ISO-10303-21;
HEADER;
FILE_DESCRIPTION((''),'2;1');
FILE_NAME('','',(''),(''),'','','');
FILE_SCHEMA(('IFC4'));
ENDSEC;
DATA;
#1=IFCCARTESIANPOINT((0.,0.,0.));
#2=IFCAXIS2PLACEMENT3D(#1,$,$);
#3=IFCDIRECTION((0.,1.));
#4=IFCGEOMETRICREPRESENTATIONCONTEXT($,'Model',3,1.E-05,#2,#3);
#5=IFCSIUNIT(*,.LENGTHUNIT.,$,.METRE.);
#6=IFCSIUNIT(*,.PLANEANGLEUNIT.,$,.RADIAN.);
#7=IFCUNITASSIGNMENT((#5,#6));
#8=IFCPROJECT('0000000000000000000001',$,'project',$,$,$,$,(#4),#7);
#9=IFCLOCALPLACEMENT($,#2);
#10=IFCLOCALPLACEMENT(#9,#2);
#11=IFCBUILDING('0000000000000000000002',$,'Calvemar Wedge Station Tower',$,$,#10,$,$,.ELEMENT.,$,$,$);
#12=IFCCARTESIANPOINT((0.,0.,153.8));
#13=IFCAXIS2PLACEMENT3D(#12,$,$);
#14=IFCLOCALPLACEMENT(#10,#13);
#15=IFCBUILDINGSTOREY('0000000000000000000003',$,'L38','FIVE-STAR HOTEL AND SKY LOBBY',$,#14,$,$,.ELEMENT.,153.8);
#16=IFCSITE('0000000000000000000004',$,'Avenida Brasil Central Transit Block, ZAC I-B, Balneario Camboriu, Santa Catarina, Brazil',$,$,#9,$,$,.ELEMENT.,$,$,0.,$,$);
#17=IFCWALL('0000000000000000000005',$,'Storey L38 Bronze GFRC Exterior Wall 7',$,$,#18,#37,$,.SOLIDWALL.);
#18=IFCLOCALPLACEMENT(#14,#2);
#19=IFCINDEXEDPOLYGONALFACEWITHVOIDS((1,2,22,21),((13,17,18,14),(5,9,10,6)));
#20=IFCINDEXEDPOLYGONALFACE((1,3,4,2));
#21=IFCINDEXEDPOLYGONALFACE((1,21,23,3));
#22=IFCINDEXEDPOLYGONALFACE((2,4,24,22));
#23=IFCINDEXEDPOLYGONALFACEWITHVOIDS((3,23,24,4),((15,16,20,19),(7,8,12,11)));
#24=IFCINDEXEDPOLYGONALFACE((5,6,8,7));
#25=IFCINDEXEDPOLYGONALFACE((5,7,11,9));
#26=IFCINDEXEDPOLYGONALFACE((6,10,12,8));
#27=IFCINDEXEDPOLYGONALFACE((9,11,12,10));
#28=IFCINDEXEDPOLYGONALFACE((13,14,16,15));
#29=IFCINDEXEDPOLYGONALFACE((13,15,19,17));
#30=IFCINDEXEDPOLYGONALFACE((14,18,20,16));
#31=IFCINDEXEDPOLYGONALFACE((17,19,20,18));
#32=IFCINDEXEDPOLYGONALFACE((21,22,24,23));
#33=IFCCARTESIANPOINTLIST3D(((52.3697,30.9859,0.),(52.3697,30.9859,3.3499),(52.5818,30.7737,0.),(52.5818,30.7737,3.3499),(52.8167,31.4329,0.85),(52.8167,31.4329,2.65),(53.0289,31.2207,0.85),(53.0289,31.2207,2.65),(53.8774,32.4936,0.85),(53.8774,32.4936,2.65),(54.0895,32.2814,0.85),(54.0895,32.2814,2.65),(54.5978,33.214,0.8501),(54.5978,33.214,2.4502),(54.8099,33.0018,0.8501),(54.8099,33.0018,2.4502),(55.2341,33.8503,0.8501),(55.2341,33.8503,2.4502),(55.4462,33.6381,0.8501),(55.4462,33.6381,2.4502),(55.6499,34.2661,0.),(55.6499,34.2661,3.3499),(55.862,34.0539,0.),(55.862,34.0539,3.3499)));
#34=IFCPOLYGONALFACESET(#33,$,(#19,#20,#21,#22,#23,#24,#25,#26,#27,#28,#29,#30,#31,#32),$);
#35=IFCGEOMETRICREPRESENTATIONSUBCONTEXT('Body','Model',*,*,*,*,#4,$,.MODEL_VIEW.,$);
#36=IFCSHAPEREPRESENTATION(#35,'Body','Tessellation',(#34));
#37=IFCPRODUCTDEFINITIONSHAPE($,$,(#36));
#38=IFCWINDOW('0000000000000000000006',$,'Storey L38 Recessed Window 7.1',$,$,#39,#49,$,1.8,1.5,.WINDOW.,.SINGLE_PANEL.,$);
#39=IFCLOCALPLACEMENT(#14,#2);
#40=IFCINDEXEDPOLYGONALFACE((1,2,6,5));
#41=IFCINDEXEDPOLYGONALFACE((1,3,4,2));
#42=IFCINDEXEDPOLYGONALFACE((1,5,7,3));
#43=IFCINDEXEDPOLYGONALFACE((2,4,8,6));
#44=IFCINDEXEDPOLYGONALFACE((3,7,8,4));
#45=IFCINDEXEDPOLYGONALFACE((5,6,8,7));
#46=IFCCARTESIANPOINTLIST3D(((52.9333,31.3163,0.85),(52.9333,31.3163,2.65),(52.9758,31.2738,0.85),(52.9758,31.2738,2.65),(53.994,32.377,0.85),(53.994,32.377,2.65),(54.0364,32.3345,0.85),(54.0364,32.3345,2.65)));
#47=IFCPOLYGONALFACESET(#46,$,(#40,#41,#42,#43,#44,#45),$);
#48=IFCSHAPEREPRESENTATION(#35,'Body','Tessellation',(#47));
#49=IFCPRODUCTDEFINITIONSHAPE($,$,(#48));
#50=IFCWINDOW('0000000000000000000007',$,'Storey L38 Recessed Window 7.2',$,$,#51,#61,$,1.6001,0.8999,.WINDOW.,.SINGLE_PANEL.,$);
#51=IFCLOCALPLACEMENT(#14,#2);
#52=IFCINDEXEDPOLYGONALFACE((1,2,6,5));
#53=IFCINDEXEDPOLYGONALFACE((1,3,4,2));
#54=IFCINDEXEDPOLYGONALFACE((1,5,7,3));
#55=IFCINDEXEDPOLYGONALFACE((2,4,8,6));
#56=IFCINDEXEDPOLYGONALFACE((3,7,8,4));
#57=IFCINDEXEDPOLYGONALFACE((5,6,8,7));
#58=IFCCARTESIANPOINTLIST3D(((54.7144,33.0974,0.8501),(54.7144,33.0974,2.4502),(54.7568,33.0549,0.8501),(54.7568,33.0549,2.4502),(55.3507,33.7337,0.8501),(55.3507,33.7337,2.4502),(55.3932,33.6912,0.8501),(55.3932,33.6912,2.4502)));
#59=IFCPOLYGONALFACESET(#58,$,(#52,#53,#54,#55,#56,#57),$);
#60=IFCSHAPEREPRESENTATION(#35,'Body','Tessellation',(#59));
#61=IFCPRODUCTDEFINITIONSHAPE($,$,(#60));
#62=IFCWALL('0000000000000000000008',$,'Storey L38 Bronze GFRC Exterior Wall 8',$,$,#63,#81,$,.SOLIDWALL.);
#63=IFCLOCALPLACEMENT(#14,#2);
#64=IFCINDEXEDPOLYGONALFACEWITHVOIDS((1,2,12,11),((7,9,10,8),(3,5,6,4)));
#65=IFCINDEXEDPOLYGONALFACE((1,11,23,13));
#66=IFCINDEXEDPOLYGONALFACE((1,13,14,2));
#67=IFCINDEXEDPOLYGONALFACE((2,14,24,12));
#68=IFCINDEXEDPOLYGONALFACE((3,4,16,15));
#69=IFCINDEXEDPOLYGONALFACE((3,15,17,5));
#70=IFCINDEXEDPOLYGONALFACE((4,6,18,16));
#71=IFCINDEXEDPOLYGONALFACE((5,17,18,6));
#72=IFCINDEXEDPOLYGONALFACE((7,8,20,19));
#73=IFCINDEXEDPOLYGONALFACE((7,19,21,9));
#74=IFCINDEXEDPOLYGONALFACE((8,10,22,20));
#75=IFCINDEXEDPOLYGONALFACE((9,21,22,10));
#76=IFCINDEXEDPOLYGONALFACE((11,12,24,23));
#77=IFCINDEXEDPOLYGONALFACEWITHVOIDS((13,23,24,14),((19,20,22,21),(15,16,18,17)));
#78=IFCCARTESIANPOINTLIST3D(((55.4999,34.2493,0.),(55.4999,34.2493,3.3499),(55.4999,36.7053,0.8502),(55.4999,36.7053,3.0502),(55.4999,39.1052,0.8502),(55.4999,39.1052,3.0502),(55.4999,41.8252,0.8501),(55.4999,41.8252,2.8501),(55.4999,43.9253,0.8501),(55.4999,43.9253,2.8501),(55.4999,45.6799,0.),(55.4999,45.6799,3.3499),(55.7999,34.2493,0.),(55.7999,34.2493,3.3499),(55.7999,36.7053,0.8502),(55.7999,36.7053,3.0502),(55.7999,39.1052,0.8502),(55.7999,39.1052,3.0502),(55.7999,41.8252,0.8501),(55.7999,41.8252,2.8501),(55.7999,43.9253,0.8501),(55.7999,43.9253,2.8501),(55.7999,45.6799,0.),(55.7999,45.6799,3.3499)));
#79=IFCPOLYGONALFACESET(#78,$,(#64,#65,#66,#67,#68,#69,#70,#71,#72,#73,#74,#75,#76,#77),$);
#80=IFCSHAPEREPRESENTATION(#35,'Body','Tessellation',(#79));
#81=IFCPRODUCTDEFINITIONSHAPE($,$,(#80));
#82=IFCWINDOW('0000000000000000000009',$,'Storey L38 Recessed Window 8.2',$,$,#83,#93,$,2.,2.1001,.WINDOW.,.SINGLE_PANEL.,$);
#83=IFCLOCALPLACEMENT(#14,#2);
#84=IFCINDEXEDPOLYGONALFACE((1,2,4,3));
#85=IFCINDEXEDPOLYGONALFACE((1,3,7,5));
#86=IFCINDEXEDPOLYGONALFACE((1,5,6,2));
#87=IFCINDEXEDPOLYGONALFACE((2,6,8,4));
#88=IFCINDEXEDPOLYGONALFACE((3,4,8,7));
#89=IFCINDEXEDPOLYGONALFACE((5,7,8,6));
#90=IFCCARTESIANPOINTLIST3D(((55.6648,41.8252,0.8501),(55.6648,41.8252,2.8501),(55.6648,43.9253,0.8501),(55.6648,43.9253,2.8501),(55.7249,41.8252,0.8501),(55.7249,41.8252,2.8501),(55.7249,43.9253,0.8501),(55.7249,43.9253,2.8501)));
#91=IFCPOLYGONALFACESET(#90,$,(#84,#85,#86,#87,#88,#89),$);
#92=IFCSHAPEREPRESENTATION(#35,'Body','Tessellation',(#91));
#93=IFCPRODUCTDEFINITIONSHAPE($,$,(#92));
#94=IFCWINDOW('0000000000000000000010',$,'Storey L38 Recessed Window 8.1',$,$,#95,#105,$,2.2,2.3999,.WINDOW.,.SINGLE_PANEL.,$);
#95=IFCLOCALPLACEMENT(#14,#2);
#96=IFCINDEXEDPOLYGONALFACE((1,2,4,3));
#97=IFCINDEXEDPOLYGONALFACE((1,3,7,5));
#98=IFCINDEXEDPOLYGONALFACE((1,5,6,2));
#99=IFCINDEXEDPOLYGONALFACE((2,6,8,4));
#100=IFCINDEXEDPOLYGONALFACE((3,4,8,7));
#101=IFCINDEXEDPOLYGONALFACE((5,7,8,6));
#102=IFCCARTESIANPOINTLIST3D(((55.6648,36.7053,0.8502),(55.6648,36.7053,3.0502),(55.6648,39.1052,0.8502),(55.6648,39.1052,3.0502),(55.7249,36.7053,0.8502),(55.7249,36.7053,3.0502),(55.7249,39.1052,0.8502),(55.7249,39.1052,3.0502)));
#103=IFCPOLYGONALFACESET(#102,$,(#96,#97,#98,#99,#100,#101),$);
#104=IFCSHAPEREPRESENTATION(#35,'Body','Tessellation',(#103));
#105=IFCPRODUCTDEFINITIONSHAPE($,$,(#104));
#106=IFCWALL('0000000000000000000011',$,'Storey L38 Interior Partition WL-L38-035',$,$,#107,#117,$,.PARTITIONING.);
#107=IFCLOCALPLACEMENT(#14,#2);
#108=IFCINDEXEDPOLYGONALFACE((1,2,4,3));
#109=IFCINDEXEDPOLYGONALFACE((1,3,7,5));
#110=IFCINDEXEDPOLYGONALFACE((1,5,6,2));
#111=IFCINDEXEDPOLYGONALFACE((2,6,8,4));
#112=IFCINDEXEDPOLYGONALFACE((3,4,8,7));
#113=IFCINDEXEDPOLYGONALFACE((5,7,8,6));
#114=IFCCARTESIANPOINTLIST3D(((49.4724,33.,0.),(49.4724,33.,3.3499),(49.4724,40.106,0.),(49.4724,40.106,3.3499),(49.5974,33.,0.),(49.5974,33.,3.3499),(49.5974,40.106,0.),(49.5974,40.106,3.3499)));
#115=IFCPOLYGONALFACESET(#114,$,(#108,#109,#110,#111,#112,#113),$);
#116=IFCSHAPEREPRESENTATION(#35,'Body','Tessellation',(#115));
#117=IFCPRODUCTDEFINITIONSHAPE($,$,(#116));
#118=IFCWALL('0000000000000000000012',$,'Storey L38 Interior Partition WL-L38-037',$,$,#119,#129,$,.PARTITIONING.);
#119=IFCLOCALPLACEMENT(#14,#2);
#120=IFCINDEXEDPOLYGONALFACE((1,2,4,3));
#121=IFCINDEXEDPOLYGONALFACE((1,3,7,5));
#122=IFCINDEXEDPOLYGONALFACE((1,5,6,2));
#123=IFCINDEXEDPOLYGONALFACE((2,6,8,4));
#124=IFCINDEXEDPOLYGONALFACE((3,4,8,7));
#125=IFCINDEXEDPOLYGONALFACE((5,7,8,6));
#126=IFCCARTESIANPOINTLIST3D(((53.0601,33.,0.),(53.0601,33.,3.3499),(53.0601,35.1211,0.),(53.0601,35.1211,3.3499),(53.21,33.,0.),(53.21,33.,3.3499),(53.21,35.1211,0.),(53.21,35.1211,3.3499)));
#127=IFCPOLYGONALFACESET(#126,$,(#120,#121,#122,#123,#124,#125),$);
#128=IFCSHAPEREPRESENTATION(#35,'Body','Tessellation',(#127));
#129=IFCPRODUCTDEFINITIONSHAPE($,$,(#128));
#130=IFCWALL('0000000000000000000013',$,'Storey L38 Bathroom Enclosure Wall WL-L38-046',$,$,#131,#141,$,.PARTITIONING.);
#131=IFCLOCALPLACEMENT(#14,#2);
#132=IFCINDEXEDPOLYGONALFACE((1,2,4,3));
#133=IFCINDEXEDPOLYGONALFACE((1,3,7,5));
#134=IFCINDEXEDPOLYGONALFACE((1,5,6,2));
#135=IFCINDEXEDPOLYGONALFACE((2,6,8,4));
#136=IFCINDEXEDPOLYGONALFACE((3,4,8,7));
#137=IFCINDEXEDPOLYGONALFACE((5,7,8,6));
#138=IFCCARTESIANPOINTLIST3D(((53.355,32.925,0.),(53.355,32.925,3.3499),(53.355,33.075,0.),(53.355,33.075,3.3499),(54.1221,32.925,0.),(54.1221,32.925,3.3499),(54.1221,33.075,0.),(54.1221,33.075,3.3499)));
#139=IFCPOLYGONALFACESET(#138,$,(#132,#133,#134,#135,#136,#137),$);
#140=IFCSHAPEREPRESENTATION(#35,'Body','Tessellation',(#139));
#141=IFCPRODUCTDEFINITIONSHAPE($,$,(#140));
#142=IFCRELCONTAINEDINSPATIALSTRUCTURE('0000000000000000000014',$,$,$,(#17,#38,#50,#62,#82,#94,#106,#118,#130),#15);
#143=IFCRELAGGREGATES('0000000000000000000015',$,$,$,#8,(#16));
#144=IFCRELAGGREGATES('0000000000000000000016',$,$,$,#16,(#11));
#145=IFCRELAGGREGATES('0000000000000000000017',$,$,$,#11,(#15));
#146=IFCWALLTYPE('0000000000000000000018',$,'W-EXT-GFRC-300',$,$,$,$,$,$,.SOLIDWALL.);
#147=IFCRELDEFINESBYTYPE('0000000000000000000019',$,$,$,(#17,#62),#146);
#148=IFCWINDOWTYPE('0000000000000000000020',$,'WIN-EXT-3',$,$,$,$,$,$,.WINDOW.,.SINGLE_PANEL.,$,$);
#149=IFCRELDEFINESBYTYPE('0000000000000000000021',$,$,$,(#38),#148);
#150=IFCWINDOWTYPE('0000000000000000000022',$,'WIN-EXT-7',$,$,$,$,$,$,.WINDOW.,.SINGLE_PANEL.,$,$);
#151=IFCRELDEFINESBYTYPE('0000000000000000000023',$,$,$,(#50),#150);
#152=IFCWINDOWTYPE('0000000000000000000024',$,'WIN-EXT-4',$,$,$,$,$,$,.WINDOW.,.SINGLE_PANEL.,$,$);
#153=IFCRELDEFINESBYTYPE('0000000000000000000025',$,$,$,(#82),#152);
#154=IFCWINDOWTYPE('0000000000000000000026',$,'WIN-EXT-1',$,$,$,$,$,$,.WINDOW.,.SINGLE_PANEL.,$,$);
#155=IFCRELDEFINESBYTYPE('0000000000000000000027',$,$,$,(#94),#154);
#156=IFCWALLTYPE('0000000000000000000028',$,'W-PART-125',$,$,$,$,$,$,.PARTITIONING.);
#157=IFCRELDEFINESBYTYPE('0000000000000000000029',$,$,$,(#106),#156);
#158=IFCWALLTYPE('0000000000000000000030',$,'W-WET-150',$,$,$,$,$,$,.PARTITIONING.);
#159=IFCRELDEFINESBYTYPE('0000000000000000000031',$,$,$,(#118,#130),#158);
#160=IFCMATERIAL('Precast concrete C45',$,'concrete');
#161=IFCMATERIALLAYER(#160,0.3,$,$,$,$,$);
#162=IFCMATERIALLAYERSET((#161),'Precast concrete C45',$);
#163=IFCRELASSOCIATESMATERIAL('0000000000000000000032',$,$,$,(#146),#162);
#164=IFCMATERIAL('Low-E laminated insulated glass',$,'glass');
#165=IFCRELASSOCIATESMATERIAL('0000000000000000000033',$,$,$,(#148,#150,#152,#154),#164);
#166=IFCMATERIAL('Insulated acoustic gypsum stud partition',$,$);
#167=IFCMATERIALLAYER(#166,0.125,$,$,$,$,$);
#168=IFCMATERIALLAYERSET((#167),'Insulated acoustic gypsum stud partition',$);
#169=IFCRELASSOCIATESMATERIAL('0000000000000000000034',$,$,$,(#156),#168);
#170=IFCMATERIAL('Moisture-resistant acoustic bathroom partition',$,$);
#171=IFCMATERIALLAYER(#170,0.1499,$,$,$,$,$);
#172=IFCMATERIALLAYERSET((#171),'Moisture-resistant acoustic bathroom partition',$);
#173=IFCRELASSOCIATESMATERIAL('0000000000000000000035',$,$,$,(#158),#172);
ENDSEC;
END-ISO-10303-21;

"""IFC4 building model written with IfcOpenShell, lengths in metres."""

from ifc_helpers import new_model, si_unit, direction, frame, frame_2d, origin, place, context, subcontext, project, spatial, rectangle, extrude, source, transform, mapped, material, layer, layer_set, type_object, element, fill, save


model = new_model("IFC4")

# Units and contexts
model_context = context("Model", 3, precision=1e-05, world=origin(), true_north=direction((0.0, 1.0)))
body_context = subcontext(model_context, "Body", "Model", "MODEL_VIEW")
ifc_project = project(units=[si_unit("LENGTHUNIT", "METRE"), si_unit("PLANEANGLEUNIT", "RADIAN")], contexts=[model_context])

# Site, building, storey
site_placement = place(None, origin())
site = spatial("IfcSite", under=ifc_project, at=site_placement, Name="Avenida Brasil Central Transit Block, ZAC I-B, Balneario Camboriu, Santa Catarina, Brazil", CompositionType="ELEMENT", RefElevation=0.0)
building_placement = place(site_placement, origin())
building = spatial("IfcBuilding", under=site, at=building_placement, Name="Calvemar Wedge Station Tower", CompositionType="ELEMENT")
storey_placement = place(building_placement, frame((0.0, 0.0, 153.8)))
storey = spatial("IfcBuildingStorey", under=building, at=storey_placement, Name="L38", Description="FIVE-STAR HOTEL AND SKY LOBBY", CompositionType="ELEMENT", Elevation=153.8)

# Shared definitions
ifc_material_1 = material(Name="Low-E laminated insulated glass", Category="glass")

# Shared definitions
ifc_material_2 = material(Name="Precast concrete C45", Category="concrete")
ifc_layer_1 = layer(ifc_material_2, 0.3)
ifc_layer_set_1 = layer_set([ifc_layer_1], Name="Precast concrete C45")
wall_type_1 = type_object("IfcWallType", Name="W-EXT-GFRC-300", PredefinedType="SOLIDWALL", material=ifc_layer_set_1)

# Walls, openings, windows
wall_1_placement = place(storey_placement, frame((52.4758, 30.8799, 0.0), z_axis=(0.0, 0.0, 1.0), x_axis=(0.707107, 0.707107, 0.0)))
wall_1 = element("IfcWall", 1, at=wall_1_placement, inside=storey, type_object=wall_type_1, Name="Storey L38 Bronze GFRC Exterior Wall 7", PredefinedType="SOLIDWALL", context=body_context, shape_type="SweptSolid", body=[
    extrude(rectangle(XDim=4.6389, YDim=0.3, at=frame_2d((2.3193, 0.0))), origin(), (0.0, 0.0, 1.0), 3.3499),
])
shared_shape_1 = source(origin(), body_context, "Body", "SweptSolid", [
    extrude(rectangle(XDim=1.5, YDim=1.8, at=frame_2d((0.75, 0.8999))), frame((0.0, 0.1602, 0.0), z_axis=(0.0, -1.0, 0.0), x_axis=(1.0, 0.0, 0.0)), (0.0, 0.0, 1.0), 0.3201),
])
opening_1_placement = place(wall_1_placement, frame((0.6321, 0.0, 0.8501)))
opening_1 = element("IfcOpeningElement", 2, at=opening_1_placement, cuts=wall_1, PredefinedType="OPENING", context=body_context, shape_type="MappedRepresentation", body=[
    mapped(shared_shape_1, transform((0.0, 0.0, 0.0), scale=1.0)),
])
shared_shape_2 = source(origin(), body_context, "Body", "SweptSolid", [
    extrude(rectangle(XDim=0.8999, YDim=1.6001, at=frame_2d((0.45, 0.8))), frame((0.0, 0.1602, 0.0), z_axis=(0.0, -1.0, 0.0), x_axis=(1.0, 0.0, 0.0)), (0.0, 0.0, 1.0), 0.3201),
])
opening_2_placement = place(wall_1_placement, frame((3.1509, 0.0, 0.8501)))
opening_2 = element("IfcOpeningElement", 3, at=opening_2_placement, cuts=wall_1, PredefinedType="OPENING", context=body_context, shape_type="MappedRepresentation", body=[
    mapped(shared_shape_2, transform((0.0, 0.0, 0.0), scale=1.0)),
])
window_type_1 = type_object("IfcWindowType", Name="WIN-EXT-3", PartitioningType="SINGLE_PANEL", PredefinedType="WINDOW", material=ifc_material_1)
shared_shape_3 = source(origin(), body_context, "Body", "SweptSolid", [
    extrude(rectangle(XDim=1.5, YDim=1.8, at=frame_2d((0.75, 0.8999))), frame((0.0, -0.0149, 0.0), z_axis=(0.0, -1.0, 0.0), x_axis=(1.0, 0.0, 0.0)), (0.0, 0.0, 1.0), 0.0601),
])
window_1_placement = place(opening_1_placement, origin())
window_1 = element("IfcWindow", 4, at=window_1_placement, inside=storey, type_object=window_type_1, Name="Storey L38 Recessed Window 7.1", OverallHeight=1.8, OverallWidth=1.5, PartitioningType="SINGLE_PANEL", PredefinedType="WINDOW", context=body_context, shape_type="MappedRepresentation", body=[
    mapped(shared_shape_3, transform((0.0, 0.0, 0.0), scale=1.0)),
])
fill(opening_1, window_1)
window_type_2 = type_object("IfcWindowType", Name="WIN-EXT-7", PartitioningType="SINGLE_PANEL", PredefinedType="WINDOW", material=ifc_material_1)
shared_shape_4 = source(origin(), body_context, "Body", "SweptSolid", [
    extrude(rectangle(XDim=0.8999, YDim=1.6001, at=frame_2d((0.45, 0.8))), frame((0.0, -0.0149, 0.0), z_axis=(0.0, -1.0, 0.0), x_axis=(1.0, 0.0, 0.0)), (0.0, 0.0, 1.0), 0.0601),
])
window_2_placement = place(opening_2_placement, origin())
window_2 = element("IfcWindow", 5, at=window_2_placement, inside=storey, type_object=window_type_2, Name="Storey L38 Recessed Window 7.2", OverallHeight=1.6001, OverallWidth=0.8999, PartitioningType="SINGLE_PANEL", PredefinedType="WINDOW", context=body_context, shape_type="MappedRepresentation", body=[
    mapped(shared_shape_4, transform((0.0, 0.0, 0.0), scale=1.0)),
])
fill(opening_2, window_2)
wall_2_placement = place(storey_placement, frame((55.6499, 34.2493, 0.0), z_axis=(0.0, 0.0, 1.0), x_axis=(0.0, 1.0, 0.0)))
wall_2 = element("IfcWall", 6, at=wall_2_placement, inside=storey, type_object=wall_type_1, Name="Storey L38 Bronze GFRC Exterior Wall 8", PredefinedType="SOLIDWALL", context=body_context, shape_type="SweptSolid", body=[
    extrude(rectangle(XDim=11.4307, YDim=0.3, at=frame_2d((5.7153, 0.0))), origin(), (0.0, 0.0, 1.0), 3.3499),
])
shared_shape_5 = source(origin(), body_context, "Body", "SweptSolid", [
    extrude(rectangle(XDim=2.3999, YDim=2.2, at=frame_2d((1.2, 1.1001))), frame((0.0, 0.1602, 0.0), z_axis=(0.0, -1.0, 0.0), x_axis=(1.0, 0.0, 0.0)), (0.0, 0.0, 1.0), 0.3201),
])
opening_3_placement = place(wall_2_placement, frame((2.4561, 0.0, 0.8501)))
opening_3 = element("IfcOpeningElement", 7, at=opening_3_placement, cuts=wall_2, PredefinedType="OPENING", context=body_context, shape_type="MappedRepresentation", body=[
    mapped(shared_shape_5, transform((0.0, 0.0, 0.0), scale=1.0)),
])
shared_shape_6 = source(origin(), body_context, "Body", "SweptSolid", [
    extrude(rectangle(XDim=2.1001, YDim=2.0, at=frame_2d((1.05, 1.0))), frame((0.0, 0.1602, 0.0), z_axis=(0.0, -1.0, 0.0), x_axis=(1.0, 0.0, 0.0)), (0.0, 0.0, 1.0), 0.3201),
])
opening_4_placement = place(wall_2_placement, frame((7.5759, 0.0, 0.8501)))
opening_4 = element("IfcOpeningElement", 8, at=opening_4_placement, cuts=wall_2, PredefinedType="OPENING", context=body_context, shape_type="MappedRepresentation", body=[
    mapped(shared_shape_6, transform((0.0, 0.0, 0.0), scale=1.0)),
])
window_type_3 = type_object("IfcWindowType", Name="WIN-EXT-4", PartitioningType="SINGLE_PANEL", PredefinedType="WINDOW", material=ifc_material_1)
shared_shape_7 = source(origin(), body_context, "Body", "SweptSolid", [
    extrude(rectangle(XDim=2.1001, YDim=2.0, at=frame_2d((1.05, 1.0))), frame((0.0, -0.0149, 0.0), z_axis=(0.0, -1.0, 0.0), x_axis=(1.0, 0.0, 0.0)), (0.0, 0.0, 1.0), 0.0601),
])
window_3_placement = place(opening_4_placement, origin())
window_3 = element("IfcWindow", 9, at=window_3_placement, inside=storey, type_object=window_type_3, Name="Storey L38 Recessed Window 8.2", OverallHeight=2.0, OverallWidth=2.1001, PartitioningType="SINGLE_PANEL", PredefinedType="WINDOW", context=body_context, shape_type="MappedRepresentation", body=[
    mapped(shared_shape_7, transform((0.0, 0.0, 0.0), scale=1.0)),
])
fill(opening_4, window_3)
window_type_4 = type_object("IfcWindowType", Name="WIN-EXT-1", PartitioningType="SINGLE_PANEL", PredefinedType="WINDOW", material=ifc_material_1)
shared_shape_8 = source(origin(), body_context, "Body", "SweptSolid", [
    extrude(rectangle(XDim=2.3999, YDim=2.2, at=frame_2d((1.2, 1.1001))), frame((0.0, -0.0149, 0.0), z_axis=(0.0, -1.0, 0.0), x_axis=(1.0, 0.0, 0.0)), (0.0, 0.0, 1.0), 0.0601),
])
window_4_placement = place(opening_3_placement, origin())
window_4 = element("IfcWindow", 10, at=window_4_placement, inside=storey, type_object=window_type_4, Name="Storey L38 Recessed Window 8.1", OverallHeight=2.2, OverallWidth=2.3999, PartitioningType="SINGLE_PANEL", PredefinedType="WINDOW", context=body_context, shape_type="MappedRepresentation", body=[
    mapped(shared_shape_8, transform((0.0, 0.0, 0.0), scale=1.0)),
])
fill(opening_3, window_4)

# Wall
ifc_material_3 = material(Name="Insulated acoustic gypsum stud partition")
ifc_layer_2 = layer(ifc_material_3, 0.125)
ifc_layer_set_2 = layer_set([ifc_layer_2], Name="Insulated acoustic gypsum stud partition")
wall_type_2 = type_object("IfcWallType", Name="W-PART-125", PredefinedType="PARTITIONING", material=ifc_layer_set_2)
wall_3_placement = place(storey_placement, frame((49.5349, 40.106, 0.0), z_axis=(0.0, 0.0, 1.0), x_axis=(0.0, -1.0, 0.0)))
element("IfcWall", 11, at=wall_3_placement, inside=storey, type_object=wall_type_2, Name="Storey L38 Interior Partition WL-L38-035", PredefinedType="PARTITIONING", context=body_context, shape_type="SweptSolid", body=[
    extrude(rectangle(XDim=7.106, YDim=0.125, at=frame_2d((3.553, 0.0))), origin(), (0.0, 0.0, 1.0), 3.3499),
])

# Shared definitions
ifc_material_4 = material(Name="Moisture-resistant acoustic bathroom partition")
ifc_layer_3 = layer(ifc_material_4, 0.1499)
ifc_layer_set_3 = layer_set([ifc_layer_3], Name="Moisture-resistant acoustic bathroom partition")
wall_type_3 = type_object("IfcWallType", Name="W-WET-150", PredefinedType="PARTITIONING", material=ifc_layer_set_3)

# Walls
wall_4_placement = place(storey_placement, frame((53.135, 33.0, 0.0), z_axis=(0.0, 0.0, 1.0), x_axis=(0.0, 1.0, 0.0)))
element("IfcWall", 12, at=wall_4_placement, inside=storey, type_object=wall_type_3, Name="Storey L38 Interior Partition WL-L38-037", PredefinedType="PARTITIONING", context=body_context, shape_type="SweptSolid", body=[
    extrude(rectangle(XDim=2.1211, YDim=0.1499, at=frame_2d((1.0605, 0.0))), origin(), (0.0, 0.0, 1.0), 3.3499),
])
wall_5_placement = place(storey_placement, frame((54.1221, 33.0, 0.0), z_axis=(0.0, 0.0, 1.0), x_axis=(-1.0, 0.0, 0.0)))
element("IfcWall", 13, at=wall_5_placement, inside=storey, type_object=wall_type_3, Name="Storey L38 Bathroom Enclosure Wall WL-L38-046", PredefinedType="PARTITIONING", context=body_context, shape_type="SweptSolid", body=[
    extrude(rectangle(XDim=0.7671, YDim=0.1499, at=frame_2d((0.3835, 0.0))), origin(), (0.0, 0.0, 1.0), 3.3499),
])

save(model, "model.ifc")
